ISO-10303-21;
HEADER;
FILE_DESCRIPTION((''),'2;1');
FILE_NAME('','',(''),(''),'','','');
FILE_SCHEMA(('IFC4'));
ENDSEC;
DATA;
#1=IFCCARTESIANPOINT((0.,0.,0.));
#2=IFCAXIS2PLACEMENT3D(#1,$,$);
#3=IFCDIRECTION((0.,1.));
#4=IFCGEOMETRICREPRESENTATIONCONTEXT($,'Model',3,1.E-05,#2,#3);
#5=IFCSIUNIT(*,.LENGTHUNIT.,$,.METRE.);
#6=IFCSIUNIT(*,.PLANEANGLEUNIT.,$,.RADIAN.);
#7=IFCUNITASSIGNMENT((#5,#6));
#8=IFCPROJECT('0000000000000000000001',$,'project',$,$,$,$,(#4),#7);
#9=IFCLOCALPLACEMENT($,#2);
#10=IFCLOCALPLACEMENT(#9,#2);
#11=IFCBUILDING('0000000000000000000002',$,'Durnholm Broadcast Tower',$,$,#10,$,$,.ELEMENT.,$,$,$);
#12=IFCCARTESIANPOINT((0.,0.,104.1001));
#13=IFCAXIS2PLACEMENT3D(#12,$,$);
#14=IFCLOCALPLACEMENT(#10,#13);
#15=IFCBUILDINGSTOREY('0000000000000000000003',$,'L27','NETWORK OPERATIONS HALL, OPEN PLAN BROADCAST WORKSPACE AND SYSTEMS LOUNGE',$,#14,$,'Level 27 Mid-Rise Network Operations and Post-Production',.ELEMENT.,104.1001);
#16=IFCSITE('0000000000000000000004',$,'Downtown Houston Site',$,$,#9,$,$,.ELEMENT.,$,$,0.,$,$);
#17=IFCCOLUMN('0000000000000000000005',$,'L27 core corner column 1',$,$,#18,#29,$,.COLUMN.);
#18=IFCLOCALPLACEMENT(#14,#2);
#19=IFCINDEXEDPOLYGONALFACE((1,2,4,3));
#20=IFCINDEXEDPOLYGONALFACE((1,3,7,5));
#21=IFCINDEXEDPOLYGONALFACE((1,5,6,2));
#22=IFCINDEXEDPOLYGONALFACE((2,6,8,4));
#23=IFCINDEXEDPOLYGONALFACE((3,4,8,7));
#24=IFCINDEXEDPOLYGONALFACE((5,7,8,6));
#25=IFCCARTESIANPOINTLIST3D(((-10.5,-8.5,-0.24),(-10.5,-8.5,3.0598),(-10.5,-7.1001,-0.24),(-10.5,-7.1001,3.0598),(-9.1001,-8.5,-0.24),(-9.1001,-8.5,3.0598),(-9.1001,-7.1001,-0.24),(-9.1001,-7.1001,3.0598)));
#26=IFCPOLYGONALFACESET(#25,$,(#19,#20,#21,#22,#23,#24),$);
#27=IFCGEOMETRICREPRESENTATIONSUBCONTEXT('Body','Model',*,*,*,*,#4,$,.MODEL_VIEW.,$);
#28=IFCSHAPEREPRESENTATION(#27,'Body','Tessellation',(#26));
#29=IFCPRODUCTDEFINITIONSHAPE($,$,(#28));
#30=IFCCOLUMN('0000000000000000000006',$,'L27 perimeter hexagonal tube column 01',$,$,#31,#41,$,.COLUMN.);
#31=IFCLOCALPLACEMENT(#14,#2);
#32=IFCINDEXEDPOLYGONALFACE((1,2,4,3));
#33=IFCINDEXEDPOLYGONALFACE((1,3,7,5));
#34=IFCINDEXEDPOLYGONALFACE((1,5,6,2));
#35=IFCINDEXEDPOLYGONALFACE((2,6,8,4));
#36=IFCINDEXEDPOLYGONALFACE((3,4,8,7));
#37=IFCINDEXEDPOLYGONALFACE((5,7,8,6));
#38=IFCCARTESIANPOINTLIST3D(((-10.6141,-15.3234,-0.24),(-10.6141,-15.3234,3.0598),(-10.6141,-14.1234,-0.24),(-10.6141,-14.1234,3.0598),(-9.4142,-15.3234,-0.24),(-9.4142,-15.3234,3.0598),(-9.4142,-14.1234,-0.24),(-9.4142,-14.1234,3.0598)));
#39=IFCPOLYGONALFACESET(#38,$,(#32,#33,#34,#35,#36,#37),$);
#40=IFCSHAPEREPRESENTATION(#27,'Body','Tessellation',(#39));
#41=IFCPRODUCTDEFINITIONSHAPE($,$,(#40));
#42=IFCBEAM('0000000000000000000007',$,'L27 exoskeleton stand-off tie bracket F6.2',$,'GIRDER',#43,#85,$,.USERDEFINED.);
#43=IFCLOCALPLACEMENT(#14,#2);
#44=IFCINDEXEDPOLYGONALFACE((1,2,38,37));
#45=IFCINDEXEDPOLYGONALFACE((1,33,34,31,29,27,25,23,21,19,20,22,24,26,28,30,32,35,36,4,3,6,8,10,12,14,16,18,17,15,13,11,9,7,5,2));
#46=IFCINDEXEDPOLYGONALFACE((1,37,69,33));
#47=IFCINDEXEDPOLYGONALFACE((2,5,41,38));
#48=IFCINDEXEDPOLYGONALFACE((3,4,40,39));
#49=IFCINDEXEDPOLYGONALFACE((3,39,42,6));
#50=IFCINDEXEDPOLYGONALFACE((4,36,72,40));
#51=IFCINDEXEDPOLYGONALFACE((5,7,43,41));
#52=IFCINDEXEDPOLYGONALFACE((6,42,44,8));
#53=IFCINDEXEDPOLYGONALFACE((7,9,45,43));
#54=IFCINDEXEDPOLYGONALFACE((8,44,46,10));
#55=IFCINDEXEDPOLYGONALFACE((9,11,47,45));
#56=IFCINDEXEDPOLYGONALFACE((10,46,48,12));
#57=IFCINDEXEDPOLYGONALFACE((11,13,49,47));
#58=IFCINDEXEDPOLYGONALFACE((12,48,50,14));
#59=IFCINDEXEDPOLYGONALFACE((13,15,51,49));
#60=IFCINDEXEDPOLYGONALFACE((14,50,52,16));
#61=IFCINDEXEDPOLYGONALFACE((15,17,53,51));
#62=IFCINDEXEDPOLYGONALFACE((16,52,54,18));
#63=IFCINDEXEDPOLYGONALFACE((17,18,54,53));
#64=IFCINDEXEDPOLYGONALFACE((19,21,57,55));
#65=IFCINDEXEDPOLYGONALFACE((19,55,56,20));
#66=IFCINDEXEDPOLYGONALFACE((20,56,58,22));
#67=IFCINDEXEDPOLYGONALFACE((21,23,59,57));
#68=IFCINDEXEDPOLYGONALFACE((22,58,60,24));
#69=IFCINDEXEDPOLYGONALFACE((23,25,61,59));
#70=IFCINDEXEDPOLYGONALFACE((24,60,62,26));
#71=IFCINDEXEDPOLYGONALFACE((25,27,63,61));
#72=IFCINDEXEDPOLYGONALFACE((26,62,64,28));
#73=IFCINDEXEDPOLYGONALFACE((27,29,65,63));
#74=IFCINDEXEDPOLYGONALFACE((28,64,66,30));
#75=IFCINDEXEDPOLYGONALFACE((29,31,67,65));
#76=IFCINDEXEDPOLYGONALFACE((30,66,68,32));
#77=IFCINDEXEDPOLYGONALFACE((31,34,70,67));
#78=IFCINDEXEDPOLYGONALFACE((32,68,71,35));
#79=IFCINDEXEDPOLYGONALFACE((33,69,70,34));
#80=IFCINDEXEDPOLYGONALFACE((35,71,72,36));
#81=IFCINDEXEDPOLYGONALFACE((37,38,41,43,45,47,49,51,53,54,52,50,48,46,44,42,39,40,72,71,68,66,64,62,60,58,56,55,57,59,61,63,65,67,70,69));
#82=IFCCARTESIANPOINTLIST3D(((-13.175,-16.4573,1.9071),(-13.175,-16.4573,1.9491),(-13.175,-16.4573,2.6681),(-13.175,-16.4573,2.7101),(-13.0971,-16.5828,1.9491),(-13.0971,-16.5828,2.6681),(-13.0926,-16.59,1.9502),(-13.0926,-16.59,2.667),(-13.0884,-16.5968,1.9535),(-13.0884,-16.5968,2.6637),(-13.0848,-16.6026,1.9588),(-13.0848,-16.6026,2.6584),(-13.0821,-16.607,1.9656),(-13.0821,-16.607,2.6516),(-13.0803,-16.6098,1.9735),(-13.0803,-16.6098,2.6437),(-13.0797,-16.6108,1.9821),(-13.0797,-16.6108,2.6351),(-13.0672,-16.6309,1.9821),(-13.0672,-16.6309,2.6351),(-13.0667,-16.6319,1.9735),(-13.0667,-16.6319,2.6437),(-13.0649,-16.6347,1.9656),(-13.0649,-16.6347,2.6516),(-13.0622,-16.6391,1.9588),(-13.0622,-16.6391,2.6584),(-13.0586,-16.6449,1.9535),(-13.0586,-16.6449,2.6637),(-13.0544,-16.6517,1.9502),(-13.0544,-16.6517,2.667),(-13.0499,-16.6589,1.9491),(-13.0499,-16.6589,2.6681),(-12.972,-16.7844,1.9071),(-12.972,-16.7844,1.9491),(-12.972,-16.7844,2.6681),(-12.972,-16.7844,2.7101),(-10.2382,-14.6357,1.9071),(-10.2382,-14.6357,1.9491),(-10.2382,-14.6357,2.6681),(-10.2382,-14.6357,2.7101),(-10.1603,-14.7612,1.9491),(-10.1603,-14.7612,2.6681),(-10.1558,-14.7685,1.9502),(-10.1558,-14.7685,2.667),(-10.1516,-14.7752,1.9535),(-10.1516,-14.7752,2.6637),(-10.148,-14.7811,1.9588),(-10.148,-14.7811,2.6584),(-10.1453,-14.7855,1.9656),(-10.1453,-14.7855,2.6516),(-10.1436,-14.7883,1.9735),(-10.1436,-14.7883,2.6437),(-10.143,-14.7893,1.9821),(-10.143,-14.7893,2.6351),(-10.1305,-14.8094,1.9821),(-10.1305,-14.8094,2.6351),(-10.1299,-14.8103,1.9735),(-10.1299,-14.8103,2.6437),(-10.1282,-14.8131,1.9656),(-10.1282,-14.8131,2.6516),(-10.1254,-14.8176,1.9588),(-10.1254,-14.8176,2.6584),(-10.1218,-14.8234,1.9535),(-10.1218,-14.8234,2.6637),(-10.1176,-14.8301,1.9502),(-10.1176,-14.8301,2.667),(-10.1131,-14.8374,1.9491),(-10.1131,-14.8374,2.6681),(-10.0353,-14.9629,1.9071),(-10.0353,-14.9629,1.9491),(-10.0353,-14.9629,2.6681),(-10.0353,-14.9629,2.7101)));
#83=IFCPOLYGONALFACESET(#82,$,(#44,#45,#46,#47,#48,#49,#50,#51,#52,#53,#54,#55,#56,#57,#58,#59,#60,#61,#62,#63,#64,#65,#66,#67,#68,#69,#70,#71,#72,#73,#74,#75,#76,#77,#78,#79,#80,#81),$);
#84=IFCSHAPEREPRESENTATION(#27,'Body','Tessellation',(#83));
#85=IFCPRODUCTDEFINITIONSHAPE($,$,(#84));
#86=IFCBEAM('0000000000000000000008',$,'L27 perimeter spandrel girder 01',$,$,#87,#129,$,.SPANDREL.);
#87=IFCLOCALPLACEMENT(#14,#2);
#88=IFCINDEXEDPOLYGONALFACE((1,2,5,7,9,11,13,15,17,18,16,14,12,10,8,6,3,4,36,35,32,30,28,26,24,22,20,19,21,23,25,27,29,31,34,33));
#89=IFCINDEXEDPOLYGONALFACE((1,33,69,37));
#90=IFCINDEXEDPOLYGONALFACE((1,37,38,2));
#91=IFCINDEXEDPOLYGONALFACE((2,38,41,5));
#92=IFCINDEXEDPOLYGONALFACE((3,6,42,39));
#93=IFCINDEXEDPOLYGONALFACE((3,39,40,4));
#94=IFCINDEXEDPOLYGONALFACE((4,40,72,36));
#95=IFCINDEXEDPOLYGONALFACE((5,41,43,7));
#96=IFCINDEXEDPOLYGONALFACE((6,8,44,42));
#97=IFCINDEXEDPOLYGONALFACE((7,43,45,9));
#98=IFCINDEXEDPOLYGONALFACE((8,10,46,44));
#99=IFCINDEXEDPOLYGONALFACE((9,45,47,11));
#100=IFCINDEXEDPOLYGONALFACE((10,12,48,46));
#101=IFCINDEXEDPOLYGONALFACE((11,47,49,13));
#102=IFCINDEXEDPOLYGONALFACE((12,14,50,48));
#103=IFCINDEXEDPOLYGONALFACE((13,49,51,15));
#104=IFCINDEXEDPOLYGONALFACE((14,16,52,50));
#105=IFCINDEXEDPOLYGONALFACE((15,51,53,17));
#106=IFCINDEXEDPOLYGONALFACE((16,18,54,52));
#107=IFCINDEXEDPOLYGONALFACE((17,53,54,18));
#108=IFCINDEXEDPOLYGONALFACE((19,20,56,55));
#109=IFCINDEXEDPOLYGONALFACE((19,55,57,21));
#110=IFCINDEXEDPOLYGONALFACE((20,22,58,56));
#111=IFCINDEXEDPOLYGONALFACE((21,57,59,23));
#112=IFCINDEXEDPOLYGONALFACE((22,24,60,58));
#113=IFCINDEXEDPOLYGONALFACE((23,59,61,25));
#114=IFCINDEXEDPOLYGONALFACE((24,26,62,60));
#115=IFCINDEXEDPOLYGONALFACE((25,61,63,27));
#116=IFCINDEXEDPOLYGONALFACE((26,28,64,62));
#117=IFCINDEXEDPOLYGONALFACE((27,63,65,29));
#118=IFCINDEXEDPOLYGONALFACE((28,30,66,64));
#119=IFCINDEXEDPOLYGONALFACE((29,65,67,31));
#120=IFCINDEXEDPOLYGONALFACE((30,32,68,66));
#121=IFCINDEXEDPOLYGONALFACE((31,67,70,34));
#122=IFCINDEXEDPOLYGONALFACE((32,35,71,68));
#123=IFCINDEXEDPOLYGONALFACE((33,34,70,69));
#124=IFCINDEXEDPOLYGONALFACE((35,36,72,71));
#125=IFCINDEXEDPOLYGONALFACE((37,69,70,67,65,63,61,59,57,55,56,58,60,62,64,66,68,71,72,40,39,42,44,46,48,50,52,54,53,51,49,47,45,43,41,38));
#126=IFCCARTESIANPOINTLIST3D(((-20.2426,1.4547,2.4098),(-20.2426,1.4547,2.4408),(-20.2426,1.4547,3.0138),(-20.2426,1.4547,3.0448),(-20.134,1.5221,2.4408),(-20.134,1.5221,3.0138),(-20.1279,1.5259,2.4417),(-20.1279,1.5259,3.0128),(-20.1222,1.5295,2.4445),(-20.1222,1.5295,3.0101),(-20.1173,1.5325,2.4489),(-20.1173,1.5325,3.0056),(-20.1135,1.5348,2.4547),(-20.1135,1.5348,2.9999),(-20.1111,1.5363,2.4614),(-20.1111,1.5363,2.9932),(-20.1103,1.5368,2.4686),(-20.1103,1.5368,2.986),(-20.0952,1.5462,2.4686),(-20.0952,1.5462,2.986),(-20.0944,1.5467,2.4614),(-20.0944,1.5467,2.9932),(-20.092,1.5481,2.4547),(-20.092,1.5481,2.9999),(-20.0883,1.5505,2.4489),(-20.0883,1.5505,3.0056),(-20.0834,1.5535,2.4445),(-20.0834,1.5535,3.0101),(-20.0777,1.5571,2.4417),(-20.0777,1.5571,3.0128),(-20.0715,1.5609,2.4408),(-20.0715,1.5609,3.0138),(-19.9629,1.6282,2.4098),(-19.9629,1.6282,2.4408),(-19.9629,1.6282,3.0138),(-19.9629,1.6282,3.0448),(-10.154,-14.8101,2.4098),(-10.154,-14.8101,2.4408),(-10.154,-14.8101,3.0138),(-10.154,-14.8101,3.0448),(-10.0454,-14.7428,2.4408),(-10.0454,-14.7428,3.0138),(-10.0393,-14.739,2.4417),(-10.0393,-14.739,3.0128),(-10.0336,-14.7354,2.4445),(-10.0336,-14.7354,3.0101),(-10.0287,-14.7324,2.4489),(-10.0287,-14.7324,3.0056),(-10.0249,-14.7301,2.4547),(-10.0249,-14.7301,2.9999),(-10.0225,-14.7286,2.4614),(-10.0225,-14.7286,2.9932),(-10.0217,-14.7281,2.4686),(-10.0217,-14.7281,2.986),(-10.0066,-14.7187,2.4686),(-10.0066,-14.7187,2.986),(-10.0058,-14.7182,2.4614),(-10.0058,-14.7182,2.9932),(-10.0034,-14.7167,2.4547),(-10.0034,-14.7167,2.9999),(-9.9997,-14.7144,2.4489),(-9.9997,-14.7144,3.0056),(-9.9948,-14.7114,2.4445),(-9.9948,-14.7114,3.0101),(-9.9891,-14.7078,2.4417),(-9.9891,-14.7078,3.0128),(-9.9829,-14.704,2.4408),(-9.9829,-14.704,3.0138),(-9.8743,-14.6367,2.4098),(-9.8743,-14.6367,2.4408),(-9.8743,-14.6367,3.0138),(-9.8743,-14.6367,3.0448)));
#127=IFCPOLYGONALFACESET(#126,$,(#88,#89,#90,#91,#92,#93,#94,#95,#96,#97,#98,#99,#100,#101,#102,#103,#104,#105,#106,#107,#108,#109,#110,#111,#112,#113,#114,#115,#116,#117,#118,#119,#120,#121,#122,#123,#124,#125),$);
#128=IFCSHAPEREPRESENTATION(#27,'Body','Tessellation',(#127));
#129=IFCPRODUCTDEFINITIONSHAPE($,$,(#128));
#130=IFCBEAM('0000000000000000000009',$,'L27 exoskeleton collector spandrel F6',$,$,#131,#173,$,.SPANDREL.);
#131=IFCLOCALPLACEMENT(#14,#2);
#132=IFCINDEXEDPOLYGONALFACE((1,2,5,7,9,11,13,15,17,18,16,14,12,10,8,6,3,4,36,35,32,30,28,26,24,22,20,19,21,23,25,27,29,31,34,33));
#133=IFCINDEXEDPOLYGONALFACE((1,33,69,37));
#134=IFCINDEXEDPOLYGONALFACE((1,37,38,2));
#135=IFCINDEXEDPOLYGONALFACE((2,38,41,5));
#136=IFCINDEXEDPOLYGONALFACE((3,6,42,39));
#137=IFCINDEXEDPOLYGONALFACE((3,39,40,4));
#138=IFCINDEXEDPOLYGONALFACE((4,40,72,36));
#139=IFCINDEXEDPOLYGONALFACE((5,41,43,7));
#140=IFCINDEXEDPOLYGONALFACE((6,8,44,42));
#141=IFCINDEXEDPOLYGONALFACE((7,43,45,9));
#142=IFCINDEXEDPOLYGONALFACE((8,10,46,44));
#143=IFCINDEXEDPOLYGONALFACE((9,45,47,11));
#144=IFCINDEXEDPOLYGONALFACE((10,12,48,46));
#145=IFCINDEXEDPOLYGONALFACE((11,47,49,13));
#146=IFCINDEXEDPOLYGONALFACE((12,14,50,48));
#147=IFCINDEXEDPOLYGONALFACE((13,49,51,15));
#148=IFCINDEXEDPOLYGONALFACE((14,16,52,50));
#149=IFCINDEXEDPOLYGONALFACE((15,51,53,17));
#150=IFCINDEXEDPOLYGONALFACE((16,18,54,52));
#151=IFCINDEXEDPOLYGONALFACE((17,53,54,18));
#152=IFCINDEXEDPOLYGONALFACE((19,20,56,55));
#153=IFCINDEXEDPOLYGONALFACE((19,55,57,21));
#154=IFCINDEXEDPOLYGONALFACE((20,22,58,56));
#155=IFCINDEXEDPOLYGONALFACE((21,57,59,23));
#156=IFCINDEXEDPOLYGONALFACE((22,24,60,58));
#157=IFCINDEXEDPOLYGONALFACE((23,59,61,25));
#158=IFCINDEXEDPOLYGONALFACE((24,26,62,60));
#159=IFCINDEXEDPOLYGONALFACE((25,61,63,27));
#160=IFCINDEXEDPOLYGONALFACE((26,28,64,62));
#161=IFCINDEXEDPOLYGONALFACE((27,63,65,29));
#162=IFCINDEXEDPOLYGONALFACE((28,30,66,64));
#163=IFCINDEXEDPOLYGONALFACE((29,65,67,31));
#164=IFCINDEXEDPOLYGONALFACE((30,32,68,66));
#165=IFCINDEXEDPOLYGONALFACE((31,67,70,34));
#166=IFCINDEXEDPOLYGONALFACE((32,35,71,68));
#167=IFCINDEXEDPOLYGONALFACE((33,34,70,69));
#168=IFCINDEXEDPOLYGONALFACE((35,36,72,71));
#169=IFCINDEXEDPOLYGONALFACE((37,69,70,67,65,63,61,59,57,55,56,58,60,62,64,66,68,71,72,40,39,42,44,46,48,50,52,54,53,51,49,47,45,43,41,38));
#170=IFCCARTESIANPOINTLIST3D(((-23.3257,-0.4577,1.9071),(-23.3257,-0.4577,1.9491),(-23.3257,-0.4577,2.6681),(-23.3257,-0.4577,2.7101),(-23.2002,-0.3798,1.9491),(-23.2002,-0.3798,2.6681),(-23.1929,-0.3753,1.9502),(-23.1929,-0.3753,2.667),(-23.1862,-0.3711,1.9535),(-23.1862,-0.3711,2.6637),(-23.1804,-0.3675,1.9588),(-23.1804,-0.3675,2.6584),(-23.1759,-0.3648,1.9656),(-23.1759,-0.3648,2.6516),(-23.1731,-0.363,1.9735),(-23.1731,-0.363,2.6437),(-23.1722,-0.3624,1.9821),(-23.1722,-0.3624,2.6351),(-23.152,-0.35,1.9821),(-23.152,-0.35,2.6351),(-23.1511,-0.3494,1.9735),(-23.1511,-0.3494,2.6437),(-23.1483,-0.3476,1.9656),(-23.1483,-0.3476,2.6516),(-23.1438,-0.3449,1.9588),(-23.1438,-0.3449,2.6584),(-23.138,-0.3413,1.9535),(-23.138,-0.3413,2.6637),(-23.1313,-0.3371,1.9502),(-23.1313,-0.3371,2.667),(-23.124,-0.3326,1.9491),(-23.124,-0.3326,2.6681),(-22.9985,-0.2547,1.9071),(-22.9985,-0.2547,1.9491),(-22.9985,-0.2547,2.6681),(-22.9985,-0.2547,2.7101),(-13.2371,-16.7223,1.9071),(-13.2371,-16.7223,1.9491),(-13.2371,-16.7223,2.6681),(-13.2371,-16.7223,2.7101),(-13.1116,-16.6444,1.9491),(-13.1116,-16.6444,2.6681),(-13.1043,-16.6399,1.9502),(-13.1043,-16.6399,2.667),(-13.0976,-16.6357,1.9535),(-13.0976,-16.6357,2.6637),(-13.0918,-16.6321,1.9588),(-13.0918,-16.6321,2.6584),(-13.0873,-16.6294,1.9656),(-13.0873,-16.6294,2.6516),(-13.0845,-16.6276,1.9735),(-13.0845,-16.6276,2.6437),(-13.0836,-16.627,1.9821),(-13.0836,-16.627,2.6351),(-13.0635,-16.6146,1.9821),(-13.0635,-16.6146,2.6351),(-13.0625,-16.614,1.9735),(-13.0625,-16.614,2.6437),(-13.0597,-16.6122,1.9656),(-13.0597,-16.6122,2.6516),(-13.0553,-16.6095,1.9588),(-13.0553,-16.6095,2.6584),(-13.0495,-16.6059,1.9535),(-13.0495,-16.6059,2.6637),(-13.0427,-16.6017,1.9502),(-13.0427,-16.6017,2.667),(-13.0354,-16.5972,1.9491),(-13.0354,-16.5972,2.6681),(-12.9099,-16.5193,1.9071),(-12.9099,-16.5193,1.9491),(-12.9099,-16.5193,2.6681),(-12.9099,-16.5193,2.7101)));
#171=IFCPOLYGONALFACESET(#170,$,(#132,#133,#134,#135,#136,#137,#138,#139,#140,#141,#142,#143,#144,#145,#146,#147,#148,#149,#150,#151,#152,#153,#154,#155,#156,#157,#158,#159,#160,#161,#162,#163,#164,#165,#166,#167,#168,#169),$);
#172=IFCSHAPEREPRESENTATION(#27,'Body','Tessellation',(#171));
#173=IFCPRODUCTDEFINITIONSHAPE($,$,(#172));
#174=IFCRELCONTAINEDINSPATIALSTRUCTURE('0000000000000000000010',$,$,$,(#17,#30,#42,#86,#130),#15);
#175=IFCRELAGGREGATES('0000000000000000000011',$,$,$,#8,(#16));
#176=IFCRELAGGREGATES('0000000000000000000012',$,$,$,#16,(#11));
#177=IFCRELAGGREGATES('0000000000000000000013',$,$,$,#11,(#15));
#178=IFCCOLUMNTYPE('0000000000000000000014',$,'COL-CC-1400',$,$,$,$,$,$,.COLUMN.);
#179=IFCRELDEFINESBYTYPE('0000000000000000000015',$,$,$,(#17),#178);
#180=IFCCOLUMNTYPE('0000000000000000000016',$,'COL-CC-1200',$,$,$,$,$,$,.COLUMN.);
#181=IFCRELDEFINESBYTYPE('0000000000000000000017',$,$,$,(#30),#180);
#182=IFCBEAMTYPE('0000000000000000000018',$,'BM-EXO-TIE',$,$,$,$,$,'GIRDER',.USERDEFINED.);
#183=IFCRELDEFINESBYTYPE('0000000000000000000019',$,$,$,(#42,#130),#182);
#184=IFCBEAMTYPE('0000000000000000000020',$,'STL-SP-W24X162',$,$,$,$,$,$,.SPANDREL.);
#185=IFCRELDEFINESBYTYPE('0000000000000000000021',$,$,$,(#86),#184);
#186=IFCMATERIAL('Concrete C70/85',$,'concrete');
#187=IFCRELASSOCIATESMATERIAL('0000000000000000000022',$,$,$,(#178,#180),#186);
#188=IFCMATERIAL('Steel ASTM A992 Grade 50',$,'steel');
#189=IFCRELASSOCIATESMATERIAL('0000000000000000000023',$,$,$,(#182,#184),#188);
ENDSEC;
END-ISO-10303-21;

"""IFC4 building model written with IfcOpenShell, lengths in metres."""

from ifc_helpers import new_model, si_unit, direction, frame, origin, origin_2d, place, context, subcontext, project, spatial, rectangle, i_section, extrude, source, transform, mapped, material, material_profile, profile_set, type_object, type_shapes, element, save


model = new_model("IFC4")

# Units and contexts
model_context = context("Model", 3, precision=1e-05, world=origin(), true_north=direction((0.0, 1.0)))
body_context = subcontext(model_context, "Body", "Model", "MODEL_VIEW")
ifc_project = project(units=[si_unit("LENGTHUNIT", "METRE"), si_unit("PLANEANGLEUNIT", "RADIAN")], contexts=[model_context])

# Site, building, storey
site_placement = place(None, origin())
site = spatial("IfcSite", under=ifc_project, at=site_placement, Name="Downtown Houston Site", CompositionType="ELEMENT", RefElevation=0.0)
building_placement = place(site_placement, origin())
building = spatial("IfcBuilding", under=site, at=building_placement, Name="Durnholm Broadcast Tower", CompositionType="ELEMENT")
storey_placement = place(building_placement, frame((0.0, 0.0, 104.1001)))
storey = spatial("IfcBuildingStorey", under=building, at=storey_placement, Name="L27", Description="NETWORK OPERATIONS HALL, OPEN PLAN BROADCAST WORKSPACE AND SYSTEMS LOUNGE", LongName="Level 27 Mid-Rise Network Operations and Post-Production", CompositionType="ELEMENT", Elevation=104.1001)

# Columns
ifc_material_1 = material(Name="Concrete C70/85", Category="concrete")
ifc_material_profile_1 = material_profile(ifc_material_1, rectangle(XDim=1.3999, YDim=1.3999, at=origin_2d()), Name="RC1400X1400")
ifc_profile_set_1 = profile_set([ifc_material_profile_1], Name="Concrete C70/85")
column_type_1 = type_object("IfcColumnType", Name="COL-CC-1400", PredefinedType="COLUMN", material=ifc_profile_set_1)
shared_shape_1 = source(origin(), body_context, "Body", "SweptSolid", [
    extrude(rectangle(XDim=1.3999, YDim=1.3999, at=origin_2d()), origin(), (0.0, 0.0, 1.0), 3.2998),
])
type_shapes(column_type_1, [shared_shape_1])
column_1_placement = place(storey_placement, frame((-9.8, -7.8, -0.24), z_axis=(0.0, 0.0, 1.0), x_axis=(1.0, 0.0, 0.0)))
element("IfcColumn", 1, at=column_1_placement, inside=storey, type_object=column_type_1, Name="L27 core corner column 1", PredefinedType="COLUMN", context=body_context, shape_type="MappedRepresentation", body=[
    mapped(shared_shape_1, transform((0.0, 0.0, 0.0), x_axis=(1.0, 0.0, 0.0), y_axis=(0.0, 1.0, 0.0), z_axis=(0.0, 0.0, 1.0), scale=1.0)),
])
ifc_material_profile_2 = material_profile(ifc_material_1, rectangle(XDim=1.2, YDim=1.2, at=origin_2d()), Name="RC1200X1200")
ifc_profile_set_2 = profile_set([ifc_material_profile_2], Name="Concrete C70/85")
column_type_2 = type_object("IfcColumnType", Name="COL-CC-1200", PredefinedType="COLUMN", material=ifc_profile_set_2)
shared_shape_2 = source(origin(), body_context, "Body", "SweptSolid", [
    extrude(rectangle(XDim=1.2, YDim=1.2, at=origin_2d()), origin(), (0.0, 0.0, 1.0), 3.2998),
])
type_shapes(column_type_2, [shared_shape_2])
column_2_placement = place(storey_placement, frame((-10.0142, -14.7234, -0.24), z_axis=(0.0, 0.0, 1.0), x_axis=(1.0, 0.0, 0.0)))
element("IfcColumn", 2, at=column_2_placement, inside=storey, type_object=column_type_2, Name="L27 perimeter hexagonal tube column 01", PredefinedType="COLUMN", context=body_context, shape_type="MappedRepresentation", body=[
    mapped(shared_shape_2, transform((0.0, 0.0, 0.0), x_axis=(1.0, 0.0, 0.0), y_axis=(0.0, 1.0, 0.0), z_axis=(0.0, 0.0, 1.0), scale=1.0)),
])

# Beams
ifc_material_2 = material(Name="Steel ASTM A992 Grade 50", Category="steel")
ifc_material_profile_3 = material_profile(ifc_material_2, i_section(OverallWidth=0.385, OverallDepth=0.803, WebThickness=0.0237, FlangeThickness=0.042, FilletRadius=0.033, at=origin_2d()), Name="W30X261")
ifc_profile_set_3 = profile_set([ifc_material_profile_3], Name="Steel ASTM A992 Grade 50")
beam_type_1 = type_object("IfcBeamType", Name="BM-EXO-TIE", ElementType="GIRDER", PredefinedType="USERDEFINED", material=ifc_profile_set_3)
shared_shape_3 = source(origin(), body_context, "Body", "SweptSolid", [
    extrude(i_section(OverallWidth=0.385, OverallDepth=0.803, WebThickness=0.0237, FlangeThickness=0.042, FilletRadius=0.033, at=origin_2d()), origin(), (0.0, 0.0, 1.0), 3.4558),
])
beam_1_placement = place(storey_placement, frame((-10.1367, -14.7993, 2.3086), z_axis=(-0.849807, -0.527094, 0.0), x_axis=(0.527094, -0.849807, 0.0)))
element("IfcBeam", 3, at=beam_1_placement, inside=storey, type_object=beam_type_1, Name="L27 exoskeleton stand-off tie bracket F6.2", ObjectType="GIRDER", PredefinedType="USERDEFINED", context=body_context, shape_type="MappedRepresentation", body=[
    mapped(shared_shape_3, transform((0.0, 0.0, 0.0), x_axis=(1.0, 0.0, 0.0), y_axis=(0.0, 1.0, 0.0), z_axis=(0.0, 0.0, 1.0), scale=1.0)),
])
ifc_material_profile_4 = material_profile(ifc_material_2, i_section(OverallWidth=0.3291, OverallDepth=0.635, WebThickness=0.0178, FlangeThickness=0.031, FilletRadius=0.0278, at=origin_2d()), Name="W24X162")
ifc_profile_set_4 = profile_set([ifc_material_profile_4], Name="Steel ASTM A992 Grade 50")
beam_type_2 = type_object("IfcBeamType", Name="STL-SP-W24X162", PredefinedType="SPANDREL", material=ifc_profile_set_4)
shared_shape_4 = source(origin(), body_context, "Body", "SweptSolid", [
    extrude(i_section(OverallWidth=0.3291, OverallDepth=0.635, WebThickness=0.0178, FlangeThickness=0.031, FilletRadius=0.0278, at=origin_2d()), origin(), (0.0, 0.0, 1.0), 19.1396),
])
type_shapes(beam_type_2, [shared_shape_4])
beam_2_placement = place(storey_placement, frame((-10.0142, -14.7234, 2.7273), z_axis=(-0.527105, 0.8498, 0.0), x_axis=(-0.8498, -0.527105, 0.0)))
element("IfcBeam", 4, at=beam_2_placement, inside=storey, type_object=beam_type_2, Name="L27 perimeter spandrel girder 01", PredefinedType="SPANDREL", context=body_context, shape_type="MappedRepresentation", body=[
    mapped(shared_shape_4, transform((0.0, 0.0, 0.0), x_axis=(1.0, 0.0, 0.0), y_axis=(0.0, 1.0, 0.0), z_axis=(0.0, 0.0, 1.0), scale=1.0)),
])
shared_shape_5 = source(origin(), body_context, "Body", "SweptSolid", [
    extrude(i_section(OverallWidth=0.385, OverallDepth=0.803, WebThickness=0.0237, FlangeThickness=0.042, FilletRadius=0.033, at=origin_2d()), origin(), (0.0, 0.0, 1.0), 19.1394),
])
type_shapes(beam_type_1, [shared_shape_3, shared_shape_5])
beam_3_placement = place(storey_placement, frame((-23.1621, -0.3562, 2.3086), z_axis=(0.527111, -0.849796, 0.0), x_axis=(0.849796, 0.527111, 0.0)))
element("IfcBeam", 5, at=beam_3_placement, inside=storey, type_object=beam_type_1, Name="L27 exoskeleton collector spandrel F6", PredefinedType="SPANDREL", context=body_context, shape_type="MappedRepresentation", body=[
    mapped(shared_shape_5, transform((0.0, 0.0, 0.0), x_axis=(1.0, 0.0, 0.0), y_axis=(0.0, 1.0, 0.0), z_axis=(0.0, 0.0, 1.0), scale=1.0)),
])

save(model, "model.ifc")
